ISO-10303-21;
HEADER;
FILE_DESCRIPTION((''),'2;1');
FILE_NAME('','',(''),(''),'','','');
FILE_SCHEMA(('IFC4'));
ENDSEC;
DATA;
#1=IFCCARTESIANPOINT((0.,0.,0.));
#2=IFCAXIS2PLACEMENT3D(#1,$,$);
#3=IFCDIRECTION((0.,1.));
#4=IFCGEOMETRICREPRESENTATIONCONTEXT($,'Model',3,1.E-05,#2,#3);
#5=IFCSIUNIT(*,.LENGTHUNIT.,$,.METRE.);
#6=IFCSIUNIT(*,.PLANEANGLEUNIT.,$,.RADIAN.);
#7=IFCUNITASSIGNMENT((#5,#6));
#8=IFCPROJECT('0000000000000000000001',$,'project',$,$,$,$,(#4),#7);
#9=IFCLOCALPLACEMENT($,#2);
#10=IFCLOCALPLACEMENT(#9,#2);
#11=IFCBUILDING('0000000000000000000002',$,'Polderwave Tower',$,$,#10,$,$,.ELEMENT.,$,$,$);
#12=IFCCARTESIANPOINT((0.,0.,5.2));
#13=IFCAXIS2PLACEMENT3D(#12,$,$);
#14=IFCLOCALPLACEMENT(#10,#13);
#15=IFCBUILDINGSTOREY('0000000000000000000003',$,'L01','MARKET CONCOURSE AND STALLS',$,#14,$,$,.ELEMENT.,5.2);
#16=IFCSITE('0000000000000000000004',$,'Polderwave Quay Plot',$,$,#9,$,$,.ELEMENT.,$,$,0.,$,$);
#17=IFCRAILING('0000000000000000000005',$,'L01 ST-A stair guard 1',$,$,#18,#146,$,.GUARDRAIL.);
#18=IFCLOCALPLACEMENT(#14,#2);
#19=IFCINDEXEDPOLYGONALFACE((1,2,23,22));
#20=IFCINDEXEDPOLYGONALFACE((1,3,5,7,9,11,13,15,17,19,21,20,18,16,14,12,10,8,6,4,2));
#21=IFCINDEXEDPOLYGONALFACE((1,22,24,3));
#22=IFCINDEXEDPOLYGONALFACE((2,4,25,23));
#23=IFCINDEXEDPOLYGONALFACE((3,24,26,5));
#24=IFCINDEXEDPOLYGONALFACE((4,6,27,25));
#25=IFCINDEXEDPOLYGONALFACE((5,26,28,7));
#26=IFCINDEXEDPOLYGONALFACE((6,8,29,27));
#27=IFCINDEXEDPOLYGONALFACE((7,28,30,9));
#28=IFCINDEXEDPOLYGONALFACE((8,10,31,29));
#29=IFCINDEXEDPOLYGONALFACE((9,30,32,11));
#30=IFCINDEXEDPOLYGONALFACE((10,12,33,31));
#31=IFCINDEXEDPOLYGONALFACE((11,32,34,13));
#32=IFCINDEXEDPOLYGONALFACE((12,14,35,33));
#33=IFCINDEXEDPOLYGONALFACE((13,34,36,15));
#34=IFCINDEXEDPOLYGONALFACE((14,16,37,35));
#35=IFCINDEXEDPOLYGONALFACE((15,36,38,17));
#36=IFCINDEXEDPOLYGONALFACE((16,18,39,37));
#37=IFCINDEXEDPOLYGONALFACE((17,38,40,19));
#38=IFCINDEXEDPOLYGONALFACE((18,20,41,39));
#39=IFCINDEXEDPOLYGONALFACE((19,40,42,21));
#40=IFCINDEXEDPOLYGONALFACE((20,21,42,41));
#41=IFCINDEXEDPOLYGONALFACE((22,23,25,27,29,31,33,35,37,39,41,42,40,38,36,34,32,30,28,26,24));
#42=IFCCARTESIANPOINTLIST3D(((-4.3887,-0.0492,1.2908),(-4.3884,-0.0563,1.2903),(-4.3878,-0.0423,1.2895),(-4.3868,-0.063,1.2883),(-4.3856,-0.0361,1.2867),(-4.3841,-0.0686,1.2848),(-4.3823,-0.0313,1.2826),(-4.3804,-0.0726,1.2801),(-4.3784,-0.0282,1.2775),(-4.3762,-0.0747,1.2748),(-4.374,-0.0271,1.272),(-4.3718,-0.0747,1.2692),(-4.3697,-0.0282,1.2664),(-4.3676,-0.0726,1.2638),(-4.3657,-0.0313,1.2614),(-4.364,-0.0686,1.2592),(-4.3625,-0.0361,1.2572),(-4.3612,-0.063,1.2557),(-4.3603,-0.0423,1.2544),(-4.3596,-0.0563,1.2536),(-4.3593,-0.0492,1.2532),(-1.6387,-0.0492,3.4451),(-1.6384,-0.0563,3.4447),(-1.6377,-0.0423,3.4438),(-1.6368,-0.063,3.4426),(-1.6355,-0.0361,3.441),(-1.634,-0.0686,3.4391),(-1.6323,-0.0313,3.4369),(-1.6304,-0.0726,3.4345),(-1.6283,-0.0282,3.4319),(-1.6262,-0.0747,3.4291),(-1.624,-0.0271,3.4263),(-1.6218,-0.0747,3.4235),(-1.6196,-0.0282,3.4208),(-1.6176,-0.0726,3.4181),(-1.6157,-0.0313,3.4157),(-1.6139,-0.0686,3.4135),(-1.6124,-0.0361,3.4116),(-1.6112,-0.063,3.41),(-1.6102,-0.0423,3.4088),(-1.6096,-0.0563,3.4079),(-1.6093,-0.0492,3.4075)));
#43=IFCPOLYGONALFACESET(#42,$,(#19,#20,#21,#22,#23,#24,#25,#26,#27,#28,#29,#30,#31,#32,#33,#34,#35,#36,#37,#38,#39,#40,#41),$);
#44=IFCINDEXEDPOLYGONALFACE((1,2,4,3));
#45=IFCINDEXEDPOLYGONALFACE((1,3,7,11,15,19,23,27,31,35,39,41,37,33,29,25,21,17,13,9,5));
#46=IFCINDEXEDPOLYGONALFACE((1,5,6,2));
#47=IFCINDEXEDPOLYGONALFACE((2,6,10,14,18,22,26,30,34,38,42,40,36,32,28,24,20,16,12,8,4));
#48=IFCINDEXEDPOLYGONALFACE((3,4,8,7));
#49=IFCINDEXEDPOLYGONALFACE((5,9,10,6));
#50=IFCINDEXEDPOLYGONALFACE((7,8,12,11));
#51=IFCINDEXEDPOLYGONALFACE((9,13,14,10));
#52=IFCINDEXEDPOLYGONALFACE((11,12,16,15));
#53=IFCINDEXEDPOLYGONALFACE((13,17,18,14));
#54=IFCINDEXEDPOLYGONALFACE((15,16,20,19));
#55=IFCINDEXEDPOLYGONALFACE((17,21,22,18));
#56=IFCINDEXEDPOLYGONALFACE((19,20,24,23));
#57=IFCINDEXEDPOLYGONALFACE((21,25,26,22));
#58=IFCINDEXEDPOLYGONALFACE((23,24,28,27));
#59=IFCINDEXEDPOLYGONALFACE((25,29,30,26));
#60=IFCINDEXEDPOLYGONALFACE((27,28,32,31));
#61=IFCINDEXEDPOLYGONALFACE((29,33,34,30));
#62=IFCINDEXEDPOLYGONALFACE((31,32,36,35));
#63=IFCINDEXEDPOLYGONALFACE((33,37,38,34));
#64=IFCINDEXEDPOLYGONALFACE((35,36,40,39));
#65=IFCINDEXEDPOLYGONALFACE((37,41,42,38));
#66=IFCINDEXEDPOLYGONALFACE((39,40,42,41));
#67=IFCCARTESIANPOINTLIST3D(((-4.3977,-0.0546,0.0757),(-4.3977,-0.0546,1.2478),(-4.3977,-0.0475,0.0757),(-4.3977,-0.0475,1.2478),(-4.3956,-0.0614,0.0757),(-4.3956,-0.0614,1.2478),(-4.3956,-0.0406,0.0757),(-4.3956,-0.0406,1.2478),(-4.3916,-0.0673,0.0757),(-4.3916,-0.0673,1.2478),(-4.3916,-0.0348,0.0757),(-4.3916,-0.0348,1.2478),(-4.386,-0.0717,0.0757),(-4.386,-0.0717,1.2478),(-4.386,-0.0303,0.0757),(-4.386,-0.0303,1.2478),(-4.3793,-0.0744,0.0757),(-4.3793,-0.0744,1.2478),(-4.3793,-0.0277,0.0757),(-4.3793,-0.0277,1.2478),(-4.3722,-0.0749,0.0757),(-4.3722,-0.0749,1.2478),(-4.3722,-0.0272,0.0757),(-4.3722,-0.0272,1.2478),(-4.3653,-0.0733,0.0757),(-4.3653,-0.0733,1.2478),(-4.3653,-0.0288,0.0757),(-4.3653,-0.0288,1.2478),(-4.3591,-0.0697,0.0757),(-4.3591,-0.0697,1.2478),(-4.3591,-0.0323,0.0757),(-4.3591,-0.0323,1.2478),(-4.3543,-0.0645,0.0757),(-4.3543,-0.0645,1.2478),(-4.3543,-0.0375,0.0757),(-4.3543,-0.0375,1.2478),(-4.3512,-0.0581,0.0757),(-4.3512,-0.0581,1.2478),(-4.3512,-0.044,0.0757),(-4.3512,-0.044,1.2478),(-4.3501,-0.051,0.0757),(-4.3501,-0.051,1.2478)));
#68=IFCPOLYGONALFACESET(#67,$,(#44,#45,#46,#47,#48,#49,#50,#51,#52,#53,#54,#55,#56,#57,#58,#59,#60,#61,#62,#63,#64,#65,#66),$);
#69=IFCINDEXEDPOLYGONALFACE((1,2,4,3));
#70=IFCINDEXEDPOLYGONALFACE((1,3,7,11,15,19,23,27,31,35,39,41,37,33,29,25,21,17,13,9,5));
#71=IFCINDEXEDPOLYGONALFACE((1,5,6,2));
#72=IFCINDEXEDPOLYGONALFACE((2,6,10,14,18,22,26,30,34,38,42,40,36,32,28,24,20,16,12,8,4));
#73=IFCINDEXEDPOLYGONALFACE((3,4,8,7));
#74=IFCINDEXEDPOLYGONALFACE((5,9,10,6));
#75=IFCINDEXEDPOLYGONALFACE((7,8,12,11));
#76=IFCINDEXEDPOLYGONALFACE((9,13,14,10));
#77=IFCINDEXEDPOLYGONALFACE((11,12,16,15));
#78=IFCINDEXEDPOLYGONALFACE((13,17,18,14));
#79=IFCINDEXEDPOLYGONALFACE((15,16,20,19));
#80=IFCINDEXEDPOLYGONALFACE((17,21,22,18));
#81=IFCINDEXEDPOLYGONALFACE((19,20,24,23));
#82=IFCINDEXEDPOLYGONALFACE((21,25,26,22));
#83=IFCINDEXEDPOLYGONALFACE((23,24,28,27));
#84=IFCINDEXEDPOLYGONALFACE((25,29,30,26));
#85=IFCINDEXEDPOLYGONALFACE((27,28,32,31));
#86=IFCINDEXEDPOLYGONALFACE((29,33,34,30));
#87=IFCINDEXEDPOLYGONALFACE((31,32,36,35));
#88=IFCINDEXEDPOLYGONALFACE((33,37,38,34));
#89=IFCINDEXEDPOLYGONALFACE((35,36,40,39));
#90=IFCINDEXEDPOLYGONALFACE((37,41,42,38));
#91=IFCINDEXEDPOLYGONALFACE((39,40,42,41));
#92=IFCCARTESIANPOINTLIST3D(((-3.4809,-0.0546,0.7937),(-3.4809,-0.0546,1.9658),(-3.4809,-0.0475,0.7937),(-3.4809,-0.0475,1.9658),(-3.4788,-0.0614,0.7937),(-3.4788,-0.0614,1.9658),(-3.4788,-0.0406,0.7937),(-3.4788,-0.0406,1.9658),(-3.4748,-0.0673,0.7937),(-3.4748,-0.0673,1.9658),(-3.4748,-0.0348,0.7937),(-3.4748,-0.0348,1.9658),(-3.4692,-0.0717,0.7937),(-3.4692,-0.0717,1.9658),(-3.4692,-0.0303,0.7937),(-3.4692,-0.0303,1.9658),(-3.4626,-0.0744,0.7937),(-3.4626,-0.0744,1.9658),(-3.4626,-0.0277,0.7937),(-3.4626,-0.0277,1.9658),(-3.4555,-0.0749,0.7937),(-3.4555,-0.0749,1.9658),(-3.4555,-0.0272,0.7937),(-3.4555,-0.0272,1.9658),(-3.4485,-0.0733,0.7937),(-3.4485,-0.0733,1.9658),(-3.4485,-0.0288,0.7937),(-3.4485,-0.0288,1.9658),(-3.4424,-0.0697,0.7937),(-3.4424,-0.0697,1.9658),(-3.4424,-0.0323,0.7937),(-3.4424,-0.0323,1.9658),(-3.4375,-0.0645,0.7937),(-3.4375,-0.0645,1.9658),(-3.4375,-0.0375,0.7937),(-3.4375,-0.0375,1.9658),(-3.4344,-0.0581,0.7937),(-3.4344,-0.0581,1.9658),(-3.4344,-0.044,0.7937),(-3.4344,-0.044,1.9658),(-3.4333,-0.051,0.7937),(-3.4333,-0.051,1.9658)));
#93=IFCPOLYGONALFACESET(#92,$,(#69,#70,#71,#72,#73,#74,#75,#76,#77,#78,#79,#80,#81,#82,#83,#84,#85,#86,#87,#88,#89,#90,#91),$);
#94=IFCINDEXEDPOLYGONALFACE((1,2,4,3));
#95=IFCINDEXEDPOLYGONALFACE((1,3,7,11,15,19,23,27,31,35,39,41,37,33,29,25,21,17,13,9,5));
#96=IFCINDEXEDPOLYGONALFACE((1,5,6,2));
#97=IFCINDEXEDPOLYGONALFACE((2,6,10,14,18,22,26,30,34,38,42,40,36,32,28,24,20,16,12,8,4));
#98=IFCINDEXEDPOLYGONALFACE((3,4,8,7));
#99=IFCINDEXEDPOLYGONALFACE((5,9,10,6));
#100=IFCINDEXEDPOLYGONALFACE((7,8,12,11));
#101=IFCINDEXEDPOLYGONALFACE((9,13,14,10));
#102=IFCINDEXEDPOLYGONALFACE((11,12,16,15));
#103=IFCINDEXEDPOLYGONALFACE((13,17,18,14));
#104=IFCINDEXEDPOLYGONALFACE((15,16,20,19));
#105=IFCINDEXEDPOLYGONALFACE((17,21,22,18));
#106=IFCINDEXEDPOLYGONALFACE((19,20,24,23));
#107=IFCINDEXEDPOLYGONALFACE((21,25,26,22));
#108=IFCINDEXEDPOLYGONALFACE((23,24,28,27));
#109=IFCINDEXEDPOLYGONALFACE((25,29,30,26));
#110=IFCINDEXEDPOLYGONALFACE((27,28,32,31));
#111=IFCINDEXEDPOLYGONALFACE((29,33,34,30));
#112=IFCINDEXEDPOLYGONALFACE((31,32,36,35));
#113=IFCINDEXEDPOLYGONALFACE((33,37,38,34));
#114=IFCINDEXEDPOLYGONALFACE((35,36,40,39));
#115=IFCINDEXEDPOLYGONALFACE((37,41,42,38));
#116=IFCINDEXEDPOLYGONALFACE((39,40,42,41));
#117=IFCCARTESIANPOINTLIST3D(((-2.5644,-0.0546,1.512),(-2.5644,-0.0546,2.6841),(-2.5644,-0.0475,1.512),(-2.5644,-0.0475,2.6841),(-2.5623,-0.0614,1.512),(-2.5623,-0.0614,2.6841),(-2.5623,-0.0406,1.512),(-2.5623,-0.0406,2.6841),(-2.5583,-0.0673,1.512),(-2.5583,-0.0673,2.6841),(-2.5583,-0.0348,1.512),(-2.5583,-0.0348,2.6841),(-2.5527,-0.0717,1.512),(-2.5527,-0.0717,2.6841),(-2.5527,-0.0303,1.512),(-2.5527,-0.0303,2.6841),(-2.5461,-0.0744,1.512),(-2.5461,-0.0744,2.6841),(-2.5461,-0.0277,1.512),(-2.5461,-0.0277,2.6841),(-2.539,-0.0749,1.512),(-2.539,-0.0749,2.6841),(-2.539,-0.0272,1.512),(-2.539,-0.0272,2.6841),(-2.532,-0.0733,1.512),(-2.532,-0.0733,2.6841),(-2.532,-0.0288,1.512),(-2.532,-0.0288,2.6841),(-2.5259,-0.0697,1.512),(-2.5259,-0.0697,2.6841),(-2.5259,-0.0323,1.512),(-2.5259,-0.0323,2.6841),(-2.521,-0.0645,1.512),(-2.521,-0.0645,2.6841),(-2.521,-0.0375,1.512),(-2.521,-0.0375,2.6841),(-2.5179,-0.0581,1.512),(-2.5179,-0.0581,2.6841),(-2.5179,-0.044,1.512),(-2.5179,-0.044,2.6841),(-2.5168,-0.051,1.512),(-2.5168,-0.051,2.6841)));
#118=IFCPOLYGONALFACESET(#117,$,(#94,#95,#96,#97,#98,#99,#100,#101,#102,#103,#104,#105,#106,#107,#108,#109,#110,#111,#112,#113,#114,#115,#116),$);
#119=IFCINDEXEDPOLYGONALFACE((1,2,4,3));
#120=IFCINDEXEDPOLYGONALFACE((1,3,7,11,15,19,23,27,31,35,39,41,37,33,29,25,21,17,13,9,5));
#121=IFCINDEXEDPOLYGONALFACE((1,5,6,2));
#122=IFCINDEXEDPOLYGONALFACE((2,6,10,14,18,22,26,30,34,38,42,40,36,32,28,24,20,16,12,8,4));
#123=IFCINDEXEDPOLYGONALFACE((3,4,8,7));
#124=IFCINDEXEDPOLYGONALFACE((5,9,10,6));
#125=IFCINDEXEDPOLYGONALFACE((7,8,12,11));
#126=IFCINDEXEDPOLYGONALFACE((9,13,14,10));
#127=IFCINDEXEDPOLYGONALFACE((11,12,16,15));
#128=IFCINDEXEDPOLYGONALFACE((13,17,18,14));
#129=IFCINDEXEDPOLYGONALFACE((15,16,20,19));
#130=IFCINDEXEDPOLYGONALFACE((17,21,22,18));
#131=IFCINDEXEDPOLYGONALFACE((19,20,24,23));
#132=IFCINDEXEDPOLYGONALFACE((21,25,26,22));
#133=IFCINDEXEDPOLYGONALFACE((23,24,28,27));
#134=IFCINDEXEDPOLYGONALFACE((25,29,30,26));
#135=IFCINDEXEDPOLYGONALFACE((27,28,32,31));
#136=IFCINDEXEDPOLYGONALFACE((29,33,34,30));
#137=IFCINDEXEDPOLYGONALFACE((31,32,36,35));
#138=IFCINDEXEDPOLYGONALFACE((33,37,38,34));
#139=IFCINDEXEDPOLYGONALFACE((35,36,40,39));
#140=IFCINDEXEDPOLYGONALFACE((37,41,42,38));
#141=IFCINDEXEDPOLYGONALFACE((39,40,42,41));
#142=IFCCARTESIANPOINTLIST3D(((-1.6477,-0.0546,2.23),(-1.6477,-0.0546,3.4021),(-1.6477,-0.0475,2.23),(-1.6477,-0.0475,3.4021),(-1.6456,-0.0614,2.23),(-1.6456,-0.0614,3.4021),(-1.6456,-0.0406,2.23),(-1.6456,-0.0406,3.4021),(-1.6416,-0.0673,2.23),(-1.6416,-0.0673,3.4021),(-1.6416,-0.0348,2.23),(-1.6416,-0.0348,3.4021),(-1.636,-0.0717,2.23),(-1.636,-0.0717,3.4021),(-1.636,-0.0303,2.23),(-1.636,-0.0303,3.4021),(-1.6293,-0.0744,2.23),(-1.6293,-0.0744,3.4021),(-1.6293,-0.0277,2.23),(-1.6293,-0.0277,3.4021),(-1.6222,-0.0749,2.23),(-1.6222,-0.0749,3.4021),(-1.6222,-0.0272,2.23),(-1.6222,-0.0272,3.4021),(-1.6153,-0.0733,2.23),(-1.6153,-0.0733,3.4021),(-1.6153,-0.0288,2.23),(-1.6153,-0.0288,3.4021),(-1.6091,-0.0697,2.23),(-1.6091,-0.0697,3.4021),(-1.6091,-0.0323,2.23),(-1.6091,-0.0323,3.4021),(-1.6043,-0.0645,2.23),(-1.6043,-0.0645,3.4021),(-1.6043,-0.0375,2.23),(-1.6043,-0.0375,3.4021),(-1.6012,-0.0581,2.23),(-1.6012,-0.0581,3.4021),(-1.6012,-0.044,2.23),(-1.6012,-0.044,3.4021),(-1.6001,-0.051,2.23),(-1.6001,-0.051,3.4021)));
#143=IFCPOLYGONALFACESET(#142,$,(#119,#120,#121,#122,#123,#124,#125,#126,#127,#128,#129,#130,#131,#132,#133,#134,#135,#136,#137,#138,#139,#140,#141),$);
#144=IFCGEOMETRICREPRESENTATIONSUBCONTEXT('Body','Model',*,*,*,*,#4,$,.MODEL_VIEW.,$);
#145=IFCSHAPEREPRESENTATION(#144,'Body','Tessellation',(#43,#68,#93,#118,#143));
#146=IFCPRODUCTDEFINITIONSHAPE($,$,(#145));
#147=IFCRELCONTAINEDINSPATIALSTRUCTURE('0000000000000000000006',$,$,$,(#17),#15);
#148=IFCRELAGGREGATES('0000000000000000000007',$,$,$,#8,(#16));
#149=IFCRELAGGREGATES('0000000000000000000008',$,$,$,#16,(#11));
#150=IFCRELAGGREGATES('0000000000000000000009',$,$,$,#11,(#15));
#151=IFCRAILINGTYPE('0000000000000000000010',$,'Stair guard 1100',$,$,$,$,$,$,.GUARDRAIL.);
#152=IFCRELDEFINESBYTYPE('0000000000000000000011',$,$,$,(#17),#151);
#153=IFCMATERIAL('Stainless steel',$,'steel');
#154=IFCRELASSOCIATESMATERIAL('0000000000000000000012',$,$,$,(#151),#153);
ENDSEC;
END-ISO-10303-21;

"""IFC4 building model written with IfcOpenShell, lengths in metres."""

from ifc_helpers import new_model, si_unit, direction, frame, origin, origin_2d, place, context, subcontext, project, spatial, circle, extrude, material, type_object, element, save


model = new_model("IFC4")

# Units and contexts
model_context = context("Model", 3, precision=1e-05, world=origin(), true_north=direction((0.0, 1.0)))
body_context = subcontext(model_context, "Body", "Model", "MODEL_VIEW")
ifc_project = project(units=[si_unit("LENGTHUNIT", "METRE"), si_unit("PLANEANGLEUNIT", "RADIAN")], contexts=[model_context])

# Site, building, storey
site_placement = place(None, origin())
site = spatial("IfcSite", under=ifc_project, at=site_placement, Name="Polderwave Quay Plot", CompositionType="ELEMENT", RefElevation=0.0)
building_placement = place(site_placement, origin())
building = spatial("IfcBuilding", under=site, at=building_placement, Name="Polderwave Tower", CompositionType="ELEMENT")
storey_placement = place(building_placement, frame((0.0, 0.0, 5.2)))
storey = spatial("IfcBuildingStorey", under=building, at=storey_placement, Name="L01", Description="MARKET CONCOURSE AND STALLS", CompositionType="ELEMENT", Elevation=5.2)

# Railing
ifc_material_1 = material(Name="Stainless steel", Category="steel")
railing_type_1 = type_object("IfcRailingType", Name="Stair guard 1100", PredefinedType="GUARDRAIL", material=ifc_material_1)
railing_1_placement = place(storey_placement, frame((-4.374, -0.051, 0.0757)))
element("IfcRailing", 1, at=railing_1_placement, inside=storey, type_object=railing_type_1, Name="L01 ST-A stair guard 1", PredefinedType="GUARDRAIL", context=body_context, shape_type="SweptSolid", body=[
    extrude(circle(Radius=0.0239, at=origin_2d()), frame((0.0, 0.0, 1.1963), z_axis=(0.78721, 0.0, 0.616685), x_axis=(0.0, 1.0, 0.0)), (0.0, 0.0, 1.0), 3.4934),
    extrude(circle(Radius=0.0239, at=origin_2d()), origin(), (0.0, 0.0, 1.0), 1.1721),
    extrude(circle(Radius=0.0239, at=origin_2d()), frame((0.9167, 0.0, 0.718)), (0.0, 0.0, 1.0), 1.1721),
    extrude(circle(Radius=0.0239, at=origin_2d()), frame((1.8333, 0.0, 1.4363)), (0.0, 0.0, 1.0), 1.1721),
    extrude(circle(Radius=0.0239, at=origin_2d()), frame((2.75, 0.0, 2.1543)), (0.0, 0.0, 1.0), 1.1721),
])

save(model, "model.ifc")
